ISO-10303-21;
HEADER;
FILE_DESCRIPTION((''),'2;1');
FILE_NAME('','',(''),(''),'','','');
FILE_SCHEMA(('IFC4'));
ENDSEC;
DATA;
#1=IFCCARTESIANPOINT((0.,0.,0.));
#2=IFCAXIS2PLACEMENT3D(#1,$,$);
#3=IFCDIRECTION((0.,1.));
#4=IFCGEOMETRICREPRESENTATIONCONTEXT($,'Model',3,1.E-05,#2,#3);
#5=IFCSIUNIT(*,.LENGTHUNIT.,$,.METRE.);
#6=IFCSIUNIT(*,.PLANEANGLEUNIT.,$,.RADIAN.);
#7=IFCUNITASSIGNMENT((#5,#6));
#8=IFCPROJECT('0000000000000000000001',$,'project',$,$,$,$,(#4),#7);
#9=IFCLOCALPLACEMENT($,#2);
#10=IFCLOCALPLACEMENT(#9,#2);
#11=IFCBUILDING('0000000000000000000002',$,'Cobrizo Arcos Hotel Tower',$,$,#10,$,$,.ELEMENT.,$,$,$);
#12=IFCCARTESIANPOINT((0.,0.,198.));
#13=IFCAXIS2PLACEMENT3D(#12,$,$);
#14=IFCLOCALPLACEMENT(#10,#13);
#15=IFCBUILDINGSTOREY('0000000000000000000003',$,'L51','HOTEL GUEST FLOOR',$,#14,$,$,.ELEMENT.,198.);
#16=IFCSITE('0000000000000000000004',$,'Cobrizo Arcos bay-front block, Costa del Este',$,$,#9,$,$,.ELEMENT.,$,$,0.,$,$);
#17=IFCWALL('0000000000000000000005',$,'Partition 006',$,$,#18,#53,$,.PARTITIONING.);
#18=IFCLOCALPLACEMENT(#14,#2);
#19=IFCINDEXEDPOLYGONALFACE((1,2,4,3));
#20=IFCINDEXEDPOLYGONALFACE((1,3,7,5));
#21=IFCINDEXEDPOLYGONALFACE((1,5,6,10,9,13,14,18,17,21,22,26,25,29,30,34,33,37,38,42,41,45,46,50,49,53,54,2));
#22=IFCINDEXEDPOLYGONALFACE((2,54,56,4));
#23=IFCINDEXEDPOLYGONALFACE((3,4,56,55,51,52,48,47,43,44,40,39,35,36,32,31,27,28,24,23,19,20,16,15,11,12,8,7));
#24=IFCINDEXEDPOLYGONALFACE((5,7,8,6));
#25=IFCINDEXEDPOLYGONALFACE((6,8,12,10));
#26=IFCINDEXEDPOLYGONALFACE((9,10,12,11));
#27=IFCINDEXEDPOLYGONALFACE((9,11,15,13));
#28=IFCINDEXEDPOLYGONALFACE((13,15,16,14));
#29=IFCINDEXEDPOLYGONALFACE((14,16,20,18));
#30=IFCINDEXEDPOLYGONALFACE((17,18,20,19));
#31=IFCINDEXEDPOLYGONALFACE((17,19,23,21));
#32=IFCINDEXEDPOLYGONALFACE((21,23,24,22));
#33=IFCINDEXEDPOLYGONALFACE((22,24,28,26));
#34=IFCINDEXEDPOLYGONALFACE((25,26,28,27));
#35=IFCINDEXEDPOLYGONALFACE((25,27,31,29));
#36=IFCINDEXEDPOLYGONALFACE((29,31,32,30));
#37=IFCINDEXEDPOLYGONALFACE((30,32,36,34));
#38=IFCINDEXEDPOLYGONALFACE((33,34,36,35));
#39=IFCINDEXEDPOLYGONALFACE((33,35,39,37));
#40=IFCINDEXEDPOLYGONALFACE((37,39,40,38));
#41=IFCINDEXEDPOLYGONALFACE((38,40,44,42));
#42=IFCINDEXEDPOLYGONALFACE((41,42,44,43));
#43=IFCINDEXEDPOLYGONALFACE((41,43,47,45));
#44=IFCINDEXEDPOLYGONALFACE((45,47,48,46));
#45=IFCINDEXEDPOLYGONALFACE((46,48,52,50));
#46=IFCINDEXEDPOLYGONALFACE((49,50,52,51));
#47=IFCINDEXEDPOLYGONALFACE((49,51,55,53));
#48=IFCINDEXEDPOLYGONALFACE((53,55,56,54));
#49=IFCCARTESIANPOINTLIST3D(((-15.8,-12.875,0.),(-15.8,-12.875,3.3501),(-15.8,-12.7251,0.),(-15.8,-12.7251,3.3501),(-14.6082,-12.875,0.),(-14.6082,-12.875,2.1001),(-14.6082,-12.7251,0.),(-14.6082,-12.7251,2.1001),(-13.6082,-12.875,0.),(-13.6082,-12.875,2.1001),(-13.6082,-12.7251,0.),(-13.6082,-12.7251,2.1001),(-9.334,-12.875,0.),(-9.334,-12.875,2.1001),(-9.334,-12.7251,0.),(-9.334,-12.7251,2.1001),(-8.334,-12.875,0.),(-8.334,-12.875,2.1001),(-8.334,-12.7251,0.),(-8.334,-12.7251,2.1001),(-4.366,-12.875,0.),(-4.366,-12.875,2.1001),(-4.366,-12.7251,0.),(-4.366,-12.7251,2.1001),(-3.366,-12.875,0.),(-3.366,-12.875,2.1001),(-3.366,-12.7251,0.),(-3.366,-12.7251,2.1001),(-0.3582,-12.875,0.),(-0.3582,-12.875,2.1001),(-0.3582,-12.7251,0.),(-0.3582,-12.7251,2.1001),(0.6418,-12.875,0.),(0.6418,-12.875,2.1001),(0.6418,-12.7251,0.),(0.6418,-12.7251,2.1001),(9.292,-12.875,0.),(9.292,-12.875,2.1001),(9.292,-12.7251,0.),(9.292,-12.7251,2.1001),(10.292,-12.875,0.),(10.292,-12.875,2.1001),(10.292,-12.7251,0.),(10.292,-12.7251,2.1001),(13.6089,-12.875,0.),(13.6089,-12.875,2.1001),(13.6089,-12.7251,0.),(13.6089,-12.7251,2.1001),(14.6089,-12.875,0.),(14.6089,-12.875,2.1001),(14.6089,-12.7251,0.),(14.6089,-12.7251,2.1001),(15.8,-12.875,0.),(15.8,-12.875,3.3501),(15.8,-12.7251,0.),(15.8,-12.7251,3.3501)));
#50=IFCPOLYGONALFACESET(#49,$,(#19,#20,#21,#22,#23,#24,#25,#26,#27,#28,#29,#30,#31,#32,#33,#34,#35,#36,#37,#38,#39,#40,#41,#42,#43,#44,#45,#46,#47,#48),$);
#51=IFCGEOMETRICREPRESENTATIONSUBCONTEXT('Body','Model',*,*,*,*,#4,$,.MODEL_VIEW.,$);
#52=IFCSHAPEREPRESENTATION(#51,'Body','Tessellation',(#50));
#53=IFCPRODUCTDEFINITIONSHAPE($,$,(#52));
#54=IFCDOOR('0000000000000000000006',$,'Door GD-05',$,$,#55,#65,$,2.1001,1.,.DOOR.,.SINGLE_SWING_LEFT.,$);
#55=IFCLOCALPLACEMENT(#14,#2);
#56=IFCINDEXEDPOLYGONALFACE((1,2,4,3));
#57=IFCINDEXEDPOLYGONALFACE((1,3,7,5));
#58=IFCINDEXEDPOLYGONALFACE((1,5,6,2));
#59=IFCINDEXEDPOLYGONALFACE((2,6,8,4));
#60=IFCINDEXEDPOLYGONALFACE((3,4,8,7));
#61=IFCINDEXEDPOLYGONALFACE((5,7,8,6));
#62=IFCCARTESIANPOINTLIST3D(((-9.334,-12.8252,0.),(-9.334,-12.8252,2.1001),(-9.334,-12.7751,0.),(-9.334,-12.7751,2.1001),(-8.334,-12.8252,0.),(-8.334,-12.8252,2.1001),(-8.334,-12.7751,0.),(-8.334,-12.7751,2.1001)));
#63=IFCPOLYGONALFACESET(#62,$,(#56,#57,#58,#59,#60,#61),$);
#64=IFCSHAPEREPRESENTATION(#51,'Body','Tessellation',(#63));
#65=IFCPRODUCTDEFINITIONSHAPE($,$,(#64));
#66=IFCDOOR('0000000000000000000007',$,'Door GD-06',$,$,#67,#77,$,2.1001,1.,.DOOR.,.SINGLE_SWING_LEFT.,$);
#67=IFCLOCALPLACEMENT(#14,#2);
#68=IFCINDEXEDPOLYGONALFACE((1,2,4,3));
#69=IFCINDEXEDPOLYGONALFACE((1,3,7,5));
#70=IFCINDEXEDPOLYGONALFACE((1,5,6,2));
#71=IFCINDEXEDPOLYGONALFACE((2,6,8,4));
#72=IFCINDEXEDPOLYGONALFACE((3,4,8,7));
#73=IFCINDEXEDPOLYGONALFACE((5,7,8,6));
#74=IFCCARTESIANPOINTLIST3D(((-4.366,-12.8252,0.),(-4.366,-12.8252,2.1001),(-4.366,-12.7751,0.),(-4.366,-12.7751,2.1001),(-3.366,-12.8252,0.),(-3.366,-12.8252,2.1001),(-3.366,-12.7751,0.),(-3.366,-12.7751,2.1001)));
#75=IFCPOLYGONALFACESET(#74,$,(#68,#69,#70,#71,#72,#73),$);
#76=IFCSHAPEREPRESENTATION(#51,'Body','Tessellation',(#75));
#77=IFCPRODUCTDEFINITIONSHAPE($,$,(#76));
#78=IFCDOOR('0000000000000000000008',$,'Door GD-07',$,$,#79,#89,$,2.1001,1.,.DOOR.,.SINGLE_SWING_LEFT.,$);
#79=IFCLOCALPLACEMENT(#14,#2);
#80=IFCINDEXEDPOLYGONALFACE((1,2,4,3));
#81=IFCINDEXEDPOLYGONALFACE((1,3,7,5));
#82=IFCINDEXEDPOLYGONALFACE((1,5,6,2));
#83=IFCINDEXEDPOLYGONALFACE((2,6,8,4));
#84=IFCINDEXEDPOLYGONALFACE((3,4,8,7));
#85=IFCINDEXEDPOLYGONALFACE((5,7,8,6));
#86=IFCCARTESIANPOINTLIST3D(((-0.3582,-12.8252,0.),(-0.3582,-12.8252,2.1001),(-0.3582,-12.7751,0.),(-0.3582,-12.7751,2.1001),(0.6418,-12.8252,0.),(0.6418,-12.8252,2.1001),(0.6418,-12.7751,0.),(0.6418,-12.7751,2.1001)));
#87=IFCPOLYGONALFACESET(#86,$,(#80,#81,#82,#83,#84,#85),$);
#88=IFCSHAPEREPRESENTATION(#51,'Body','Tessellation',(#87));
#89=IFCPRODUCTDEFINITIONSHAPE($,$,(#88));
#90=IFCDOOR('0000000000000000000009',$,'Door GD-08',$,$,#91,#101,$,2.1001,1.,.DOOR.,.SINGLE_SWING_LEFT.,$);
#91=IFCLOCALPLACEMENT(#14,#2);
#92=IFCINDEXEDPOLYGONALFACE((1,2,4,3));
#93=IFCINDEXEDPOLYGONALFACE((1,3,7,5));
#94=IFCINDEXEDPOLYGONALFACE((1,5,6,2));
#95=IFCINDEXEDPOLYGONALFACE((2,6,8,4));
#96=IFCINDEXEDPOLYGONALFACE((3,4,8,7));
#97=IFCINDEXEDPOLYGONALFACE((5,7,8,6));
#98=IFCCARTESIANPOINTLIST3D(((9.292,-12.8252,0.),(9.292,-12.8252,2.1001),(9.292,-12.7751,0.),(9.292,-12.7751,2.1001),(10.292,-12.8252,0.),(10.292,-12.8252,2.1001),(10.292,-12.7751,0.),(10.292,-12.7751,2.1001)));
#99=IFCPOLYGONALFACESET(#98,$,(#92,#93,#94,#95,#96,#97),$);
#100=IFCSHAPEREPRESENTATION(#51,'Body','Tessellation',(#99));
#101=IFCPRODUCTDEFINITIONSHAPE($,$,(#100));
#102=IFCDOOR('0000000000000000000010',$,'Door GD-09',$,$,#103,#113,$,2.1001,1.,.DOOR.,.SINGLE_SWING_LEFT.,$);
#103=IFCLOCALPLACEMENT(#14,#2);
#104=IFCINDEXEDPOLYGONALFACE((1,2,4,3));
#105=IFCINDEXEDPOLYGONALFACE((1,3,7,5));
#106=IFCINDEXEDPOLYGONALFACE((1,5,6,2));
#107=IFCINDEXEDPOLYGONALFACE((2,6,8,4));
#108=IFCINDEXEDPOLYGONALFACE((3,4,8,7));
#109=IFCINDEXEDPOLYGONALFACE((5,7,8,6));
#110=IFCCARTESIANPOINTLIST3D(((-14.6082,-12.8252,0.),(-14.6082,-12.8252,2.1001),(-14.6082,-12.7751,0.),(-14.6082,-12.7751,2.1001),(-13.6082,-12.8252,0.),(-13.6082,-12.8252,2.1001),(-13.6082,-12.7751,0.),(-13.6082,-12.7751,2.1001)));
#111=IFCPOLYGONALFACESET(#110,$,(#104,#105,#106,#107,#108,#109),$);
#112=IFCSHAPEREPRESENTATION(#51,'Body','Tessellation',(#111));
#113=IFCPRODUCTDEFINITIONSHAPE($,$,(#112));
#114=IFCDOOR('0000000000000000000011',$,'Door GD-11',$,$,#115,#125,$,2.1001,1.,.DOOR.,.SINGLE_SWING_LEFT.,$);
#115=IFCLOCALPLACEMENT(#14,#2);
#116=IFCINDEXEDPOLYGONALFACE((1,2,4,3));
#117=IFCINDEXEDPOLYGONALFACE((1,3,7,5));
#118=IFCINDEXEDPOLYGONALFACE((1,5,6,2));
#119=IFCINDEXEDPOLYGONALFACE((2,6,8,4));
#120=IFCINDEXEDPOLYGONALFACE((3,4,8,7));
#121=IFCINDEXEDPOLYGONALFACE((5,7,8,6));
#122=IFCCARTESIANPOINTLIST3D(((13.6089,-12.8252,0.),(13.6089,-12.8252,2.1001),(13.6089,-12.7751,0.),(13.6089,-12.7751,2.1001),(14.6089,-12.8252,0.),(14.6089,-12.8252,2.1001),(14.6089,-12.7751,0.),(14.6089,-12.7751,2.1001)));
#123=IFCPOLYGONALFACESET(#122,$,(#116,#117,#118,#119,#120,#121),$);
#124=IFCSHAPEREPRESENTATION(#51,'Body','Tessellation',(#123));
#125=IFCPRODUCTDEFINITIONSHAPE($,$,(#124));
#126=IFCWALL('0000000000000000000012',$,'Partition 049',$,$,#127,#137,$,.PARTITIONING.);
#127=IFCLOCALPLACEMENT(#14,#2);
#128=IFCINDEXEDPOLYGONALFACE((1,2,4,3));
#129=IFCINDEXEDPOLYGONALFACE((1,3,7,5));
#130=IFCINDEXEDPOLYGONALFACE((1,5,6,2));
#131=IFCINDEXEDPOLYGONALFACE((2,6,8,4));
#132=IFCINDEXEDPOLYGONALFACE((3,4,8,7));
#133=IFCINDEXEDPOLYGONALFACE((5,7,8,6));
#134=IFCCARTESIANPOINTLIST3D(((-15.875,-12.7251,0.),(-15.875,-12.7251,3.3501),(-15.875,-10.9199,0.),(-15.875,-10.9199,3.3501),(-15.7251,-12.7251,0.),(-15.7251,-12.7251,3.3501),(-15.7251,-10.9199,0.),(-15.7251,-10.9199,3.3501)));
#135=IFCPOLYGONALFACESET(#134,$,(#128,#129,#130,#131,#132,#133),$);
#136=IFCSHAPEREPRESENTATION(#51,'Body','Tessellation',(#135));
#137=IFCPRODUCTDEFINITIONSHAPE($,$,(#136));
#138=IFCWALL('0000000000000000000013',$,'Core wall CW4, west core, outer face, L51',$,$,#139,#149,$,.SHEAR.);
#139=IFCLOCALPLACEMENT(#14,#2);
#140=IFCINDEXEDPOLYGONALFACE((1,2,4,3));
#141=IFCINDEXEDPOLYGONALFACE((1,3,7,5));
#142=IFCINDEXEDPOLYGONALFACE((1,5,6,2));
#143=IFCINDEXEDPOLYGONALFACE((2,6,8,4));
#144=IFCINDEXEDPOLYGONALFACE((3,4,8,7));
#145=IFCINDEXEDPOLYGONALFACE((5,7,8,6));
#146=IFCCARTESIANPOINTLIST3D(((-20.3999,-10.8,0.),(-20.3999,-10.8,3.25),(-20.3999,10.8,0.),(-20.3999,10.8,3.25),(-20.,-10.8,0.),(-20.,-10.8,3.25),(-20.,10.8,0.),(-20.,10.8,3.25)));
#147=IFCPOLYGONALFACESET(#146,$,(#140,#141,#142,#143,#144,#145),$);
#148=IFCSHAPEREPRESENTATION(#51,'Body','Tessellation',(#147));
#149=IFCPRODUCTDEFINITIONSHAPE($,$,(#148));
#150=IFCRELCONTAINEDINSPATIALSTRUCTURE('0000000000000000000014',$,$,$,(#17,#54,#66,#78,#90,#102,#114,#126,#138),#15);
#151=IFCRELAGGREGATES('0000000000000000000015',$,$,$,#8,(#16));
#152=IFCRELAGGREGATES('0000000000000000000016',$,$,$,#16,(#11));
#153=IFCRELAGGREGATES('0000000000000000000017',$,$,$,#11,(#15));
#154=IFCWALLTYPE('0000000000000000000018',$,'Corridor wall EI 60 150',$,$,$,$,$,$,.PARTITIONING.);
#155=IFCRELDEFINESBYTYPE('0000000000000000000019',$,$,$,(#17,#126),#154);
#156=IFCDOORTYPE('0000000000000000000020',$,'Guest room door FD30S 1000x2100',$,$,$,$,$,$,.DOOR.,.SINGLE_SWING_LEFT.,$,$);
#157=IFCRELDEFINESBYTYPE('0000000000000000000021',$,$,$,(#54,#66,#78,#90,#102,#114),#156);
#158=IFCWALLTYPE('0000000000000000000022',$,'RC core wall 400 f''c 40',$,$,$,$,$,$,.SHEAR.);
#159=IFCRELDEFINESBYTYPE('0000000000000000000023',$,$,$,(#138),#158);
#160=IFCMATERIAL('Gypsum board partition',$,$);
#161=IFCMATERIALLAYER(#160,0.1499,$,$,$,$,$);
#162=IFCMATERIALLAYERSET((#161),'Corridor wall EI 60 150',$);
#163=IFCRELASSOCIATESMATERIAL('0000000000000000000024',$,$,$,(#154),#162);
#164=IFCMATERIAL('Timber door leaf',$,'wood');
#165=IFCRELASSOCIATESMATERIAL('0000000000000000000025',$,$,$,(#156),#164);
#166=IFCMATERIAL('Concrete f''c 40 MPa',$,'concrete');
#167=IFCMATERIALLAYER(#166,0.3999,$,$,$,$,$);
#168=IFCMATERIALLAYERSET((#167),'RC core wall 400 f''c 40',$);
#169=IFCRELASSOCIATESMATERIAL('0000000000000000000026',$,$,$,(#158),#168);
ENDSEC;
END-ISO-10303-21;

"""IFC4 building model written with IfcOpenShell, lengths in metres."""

from ifc_helpers import new_model, si_unit, direction, frame, frame_2d, origin, place, context, subcontext, project, spatial, rectangle, extrude, material, layer, layer_set, type_object, element, fill, save


model = new_model("IFC4")

# Units and contexts
model_context = context("Model", 3, precision=1e-05, world=origin(), true_north=direction((0.0, 1.0)))
body_context = subcontext(model_context, "Body", "Model", "MODEL_VIEW")
ifc_project = project(units=[si_unit("LENGTHUNIT", "METRE"), si_unit("PLANEANGLEUNIT", "RADIAN")], contexts=[model_context])

# Site, building, storey
site_placement = place(None, origin())
site = spatial("IfcSite", under=ifc_project, at=site_placement, Name="Cobrizo Arcos bay-front block, Costa del Este", CompositionType="ELEMENT", RefElevation=0.0)
building_placement = place(site_placement, origin())
building = spatial("IfcBuilding", under=site, at=building_placement, Name="Cobrizo Arcos Hotel Tower", CompositionType="ELEMENT")
storey_placement = place(building_placement, frame((0.0, 0.0, 198.0)))
storey = spatial("IfcBuildingStorey", under=building, at=storey_placement, Name="L51", Description="HOTEL GUEST FLOOR", CompositionType="ELEMENT", Elevation=198.0)

# Wall, openings, doors
ifc_material_1 = material(Name="Gypsum board partition")
ifc_layer_1 = layer(ifc_material_1, 0.1499)
ifc_layer_set_1 = layer_set([ifc_layer_1], Name="Corridor wall EI 60 150")
wall_type_1 = type_object("IfcWallType", Name="Corridor wall EI 60 150", PredefinedType="PARTITIONING", material=ifc_layer_set_1)
wall_1_placement = place(storey_placement, frame((-15.8, -12.8, 0.0), z_axis=(0.0, 0.0, 1.0), x_axis=(1.0, 0.0, 0.0)))
wall_1 = element("IfcWall", 1, at=wall_1_placement, inside=storey, type_object=wall_type_1, Name="Partition 006", PredefinedType="PARTITIONING", context=body_context, shape_type="SweptSolid", body=[
    extrude(rectangle(XDim=31.6001, YDim=0.1499, at=frame_2d((15.8, 0.0))), origin(), (0.0, 0.0, 1.0), 3.3501),
])
opening_1_placement = place(wall_1_placement, frame((6.4661, 0.0, 0.0)))
opening_1 = element("IfcOpeningElement", 2, at=opening_1_placement, cuts=wall_1, PredefinedType="OPENING", context=body_context, shape_type="SweptSolid", body=[
    extrude(rectangle(XDim=1.0, YDim=2.1001, at=frame_2d((0.5, 1.05))), frame((0.0, 0.0869, 0.0), z_axis=(0.0, -1.0, 0.0), x_axis=(1.0, 0.0, 0.0)), (0.0, 0.0, 1.0), 0.1738),
])
opening_2_placement = place(wall_1_placement, frame((11.4341, 0.0, 0.0)))
opening_2 = element("IfcOpeningElement", 3, at=opening_2_placement, cuts=wall_1, PredefinedType="OPENING", context=body_context, shape_type="SweptSolid", body=[
    extrude(rectangle(XDim=1.0, YDim=2.1001, at=frame_2d((0.5, 1.05))), frame((0.0, 0.0869, 0.0), z_axis=(0.0, -1.0, 0.0), x_axis=(1.0, 0.0, 0.0)), (0.0, 0.0, 1.0), 0.1738),
])
opening_3_placement = place(wall_1_placement, frame((15.4419, 0.0, 0.0)))
opening_3 = element("IfcOpeningElement", 4, at=opening_3_placement, cuts=wall_1, PredefinedType="OPENING", context=body_context, shape_type="SweptSolid", body=[
    extrude(rectangle(XDim=1.0, YDim=2.1001, at=frame_2d((0.5, 1.05))), frame((0.0, 0.0869, 0.0), z_axis=(0.0, -1.0, 0.0), x_axis=(1.0, 0.0, 0.0)), (0.0, 0.0, 1.0), 0.1738),
])
opening_4_placement = place(wall_1_placement, frame((25.092, 0.0, 0.0)))
opening_4 = element("IfcOpeningElement", 5, at=opening_4_placement, cuts=wall_1, PredefinedType="OPENING", context=body_context, shape_type="SweptSolid", body=[
    extrude(rectangle(XDim=1.0, YDim=2.1001, at=frame_2d((0.5, 1.05))), frame((0.0, 0.0869, 0.0), z_axis=(0.0, -1.0, 0.0), x_axis=(1.0, 0.0, 0.0)), (0.0, 0.0, 1.0), 0.1738),
])
opening_5_placement = place(wall_1_placement, frame((1.1919, 0.0, 0.0)))
opening_5 = element("IfcOpeningElement", 6, at=opening_5_placement, cuts=wall_1, PredefinedType="OPENING", context=body_context, shape_type="SweptSolid", body=[
    extrude(rectangle(XDim=1.0, YDim=2.1001, at=frame_2d((0.5, 1.05))), frame((0.0, 0.0869, 0.0), z_axis=(0.0, -1.0, 0.0), x_axis=(1.0, 0.0, 0.0)), (0.0, 0.0, 1.0), 0.1738),
])
opening_6_placement = place(wall_1_placement, frame((29.4089, 0.0, 0.0)))
opening_6 = element("IfcOpeningElement", 7, at=opening_6_placement, cuts=wall_1, PredefinedType="OPENING", context=body_context, shape_type="SweptSolid", body=[
    extrude(rectangle(XDim=1.0, YDim=2.1001, at=frame_2d((0.5, 1.05))), frame((0.0, 0.0869, 0.0), z_axis=(0.0, -1.0, 0.0), x_axis=(1.0, 0.0, 0.0)), (0.0, 0.0, 1.0), 0.1738),
])
ifc_material_2 = material(Name="Timber door leaf", Category="wood")
door_type = type_object("IfcDoorType", Name="Guest room door FD30S 1000x2100", OperationType="SINGLE_SWING_LEFT", PredefinedType="DOOR", material=ifc_material_2)
door_1_placement = place(opening_1_placement, origin())
door_1 = element("IfcDoor", 8, at=door_1_placement, inside=storey, type_object=door_type, Name="Door GD-05", OperationType="SINGLE_SWING_LEFT", OverallHeight=2.1001, OverallWidth=1.0, PredefinedType="DOOR", context=body_context, shape_type="SweptSolid", body=[
    extrude(rectangle(XDim=1.0, YDim=2.1001, at=frame_2d((0.5, 1.05))), frame((0.0, 0.0249, 0.0), z_axis=(0.0, -1.0, 0.0), x_axis=(1.0, 0.0, 0.0)), (0.0, 0.0, 1.0), 0.05),
])
fill(opening_1, door_1)
door_2_placement = place(opening_2_placement, origin())
door_2 = element("IfcDoor", 9, at=door_2_placement, inside=storey, type_object=door_type, Name="Door GD-06", OperationType="SINGLE_SWING_LEFT", OverallHeight=2.1001, OverallWidth=1.0, PredefinedType="DOOR", context=body_context, shape_type="SweptSolid", body=[
    extrude(rectangle(XDim=1.0, YDim=2.1001, at=frame_2d((0.5, 1.05))), frame((0.0, 0.0249, 0.0), z_axis=(0.0, -1.0, 0.0), x_axis=(1.0, 0.0, 0.0)), (0.0, 0.0, 1.0), 0.05),
])
fill(opening_2, door_2)
door_3_placement = place(opening_3_placement, origin())
door_3 = element("IfcDoor", 10, at=door_3_placement, inside=storey, type_object=door_type, Name="Door GD-07", OperationType="SINGLE_SWING_LEFT", OverallHeight=2.1001, OverallWidth=1.0, PredefinedType="DOOR", context=body_context, shape_type="SweptSolid", body=[
    extrude(rectangle(XDim=1.0, YDim=2.1001, at=frame_2d((0.5, 1.05))), frame((0.0, 0.0249, 0.0), z_axis=(0.0, -1.0, 0.0), x_axis=(1.0, 0.0, 0.0)), (0.0, 0.0, 1.0), 0.05),
])
fill(opening_3, door_3)
door_4_placement = place(opening_4_placement, origin())
door_4 = element("IfcDoor", 11, at=door_4_placement, inside=storey, type_object=door_type, Name="Door GD-08", OperationType="SINGLE_SWING_LEFT", OverallHeight=2.1001, OverallWidth=1.0, PredefinedType="DOOR", context=body_context, shape_type="SweptSolid", body=[
    extrude(rectangle(XDim=1.0, YDim=2.1001, at=frame_2d((0.5, 1.05))), frame((0.0, 0.0249, 0.0), z_axis=(0.0, -1.0, 0.0), x_axis=(1.0, 0.0, 0.0)), (0.0, 0.0, 1.0), 0.05),
])
fill(opening_4, door_4)
door_5_placement = place(opening_5_placement, origin())
door_5 = element("IfcDoor", 12, at=door_5_placement, inside=storey, type_object=door_type, Name="Door GD-09", OperationType="SINGLE_SWING_LEFT", OverallHeight=2.1001, OverallWidth=1.0, PredefinedType="DOOR", context=body_context, shape_type="SweptSolid", body=[
    extrude(rectangle(XDim=1.0, YDim=2.1001, at=frame_2d((0.5, 1.05))), frame((0.0, 0.0249, 0.0), z_axis=(0.0, -1.0, 0.0), x_axis=(1.0, 0.0, 0.0)), (0.0, 0.0, 1.0), 0.05),
])
fill(opening_5, door_5)
door_6_placement = place(opening_6_placement, origin())
door_6 = element("IfcDoor", 13, at=door_6_placement, inside=storey, type_object=door_type, Name="Door GD-11", OperationType="SINGLE_SWING_LEFT", OverallHeight=2.1001, OverallWidth=1.0, PredefinedType="DOOR", context=body_context, shape_type="SweptSolid", body=[
    extrude(rectangle(XDim=1.0, YDim=2.1001, at=frame_2d((0.5, 1.05))), frame((0.0, 0.0249, 0.0), z_axis=(0.0, -1.0, 0.0), x_axis=(1.0, 0.0, 0.0)), (0.0, 0.0, 1.0), 0.05),
])
fill(opening_6, door_6)

# Walls
wall_2_placement = place(storey_placement, frame((-15.8, -12.7251, 0.0), z_axis=(0.0, 0.0, 1.0), x_axis=(0.0, 1.0, 0.0)))
element("IfcWall", 14, at=wall_2_placement, inside=storey, type_object=wall_type_1, Name="Partition 049", PredefinedType="PARTITIONING", context=body_context, shape_type="SweptSolid", body=[
    extrude(rectangle(XDim=1.8052, YDim=0.1499, at=frame_2d((0.9026, 0.0))), origin(), (0.0, 0.0, 1.0), 3.3501),
])
ifc_material_3 = material(Name="Concrete f'c 40 MPa", Category="concrete")
ifc_layer_2 = layer(ifc_material_3, 0.3999)
ifc_layer_set_2 = layer_set([ifc_layer_2], Name="RC core wall 400 f'c 40")
wall_type_2 = type_object("IfcWallType", Name="RC core wall 400 f'c 40", PredefinedType="SHEAR", material=ifc_layer_set_2)
wall_3_placement = place(storey_placement, frame((-20.2, -10.8, 0.0), z_axis=(0.0, 0.0, 1.0), x_axis=(0.0, 1.0, 0.0)))
element("IfcWall", 15, at=wall_3_placement, inside=storey, type_object=wall_type_2, Name="Core wall CW4, west core, outer face, L51", PredefinedType="SHEAR", context=body_context, shape_type="SweptSolid", body=[
    extrude(rectangle(XDim=21.6001, YDim=0.3999, at=frame_2d((10.8, 0.0))), origin(), (0.0, 0.0, 1.0), 3.25),
])

save(model, "model.ifc")
